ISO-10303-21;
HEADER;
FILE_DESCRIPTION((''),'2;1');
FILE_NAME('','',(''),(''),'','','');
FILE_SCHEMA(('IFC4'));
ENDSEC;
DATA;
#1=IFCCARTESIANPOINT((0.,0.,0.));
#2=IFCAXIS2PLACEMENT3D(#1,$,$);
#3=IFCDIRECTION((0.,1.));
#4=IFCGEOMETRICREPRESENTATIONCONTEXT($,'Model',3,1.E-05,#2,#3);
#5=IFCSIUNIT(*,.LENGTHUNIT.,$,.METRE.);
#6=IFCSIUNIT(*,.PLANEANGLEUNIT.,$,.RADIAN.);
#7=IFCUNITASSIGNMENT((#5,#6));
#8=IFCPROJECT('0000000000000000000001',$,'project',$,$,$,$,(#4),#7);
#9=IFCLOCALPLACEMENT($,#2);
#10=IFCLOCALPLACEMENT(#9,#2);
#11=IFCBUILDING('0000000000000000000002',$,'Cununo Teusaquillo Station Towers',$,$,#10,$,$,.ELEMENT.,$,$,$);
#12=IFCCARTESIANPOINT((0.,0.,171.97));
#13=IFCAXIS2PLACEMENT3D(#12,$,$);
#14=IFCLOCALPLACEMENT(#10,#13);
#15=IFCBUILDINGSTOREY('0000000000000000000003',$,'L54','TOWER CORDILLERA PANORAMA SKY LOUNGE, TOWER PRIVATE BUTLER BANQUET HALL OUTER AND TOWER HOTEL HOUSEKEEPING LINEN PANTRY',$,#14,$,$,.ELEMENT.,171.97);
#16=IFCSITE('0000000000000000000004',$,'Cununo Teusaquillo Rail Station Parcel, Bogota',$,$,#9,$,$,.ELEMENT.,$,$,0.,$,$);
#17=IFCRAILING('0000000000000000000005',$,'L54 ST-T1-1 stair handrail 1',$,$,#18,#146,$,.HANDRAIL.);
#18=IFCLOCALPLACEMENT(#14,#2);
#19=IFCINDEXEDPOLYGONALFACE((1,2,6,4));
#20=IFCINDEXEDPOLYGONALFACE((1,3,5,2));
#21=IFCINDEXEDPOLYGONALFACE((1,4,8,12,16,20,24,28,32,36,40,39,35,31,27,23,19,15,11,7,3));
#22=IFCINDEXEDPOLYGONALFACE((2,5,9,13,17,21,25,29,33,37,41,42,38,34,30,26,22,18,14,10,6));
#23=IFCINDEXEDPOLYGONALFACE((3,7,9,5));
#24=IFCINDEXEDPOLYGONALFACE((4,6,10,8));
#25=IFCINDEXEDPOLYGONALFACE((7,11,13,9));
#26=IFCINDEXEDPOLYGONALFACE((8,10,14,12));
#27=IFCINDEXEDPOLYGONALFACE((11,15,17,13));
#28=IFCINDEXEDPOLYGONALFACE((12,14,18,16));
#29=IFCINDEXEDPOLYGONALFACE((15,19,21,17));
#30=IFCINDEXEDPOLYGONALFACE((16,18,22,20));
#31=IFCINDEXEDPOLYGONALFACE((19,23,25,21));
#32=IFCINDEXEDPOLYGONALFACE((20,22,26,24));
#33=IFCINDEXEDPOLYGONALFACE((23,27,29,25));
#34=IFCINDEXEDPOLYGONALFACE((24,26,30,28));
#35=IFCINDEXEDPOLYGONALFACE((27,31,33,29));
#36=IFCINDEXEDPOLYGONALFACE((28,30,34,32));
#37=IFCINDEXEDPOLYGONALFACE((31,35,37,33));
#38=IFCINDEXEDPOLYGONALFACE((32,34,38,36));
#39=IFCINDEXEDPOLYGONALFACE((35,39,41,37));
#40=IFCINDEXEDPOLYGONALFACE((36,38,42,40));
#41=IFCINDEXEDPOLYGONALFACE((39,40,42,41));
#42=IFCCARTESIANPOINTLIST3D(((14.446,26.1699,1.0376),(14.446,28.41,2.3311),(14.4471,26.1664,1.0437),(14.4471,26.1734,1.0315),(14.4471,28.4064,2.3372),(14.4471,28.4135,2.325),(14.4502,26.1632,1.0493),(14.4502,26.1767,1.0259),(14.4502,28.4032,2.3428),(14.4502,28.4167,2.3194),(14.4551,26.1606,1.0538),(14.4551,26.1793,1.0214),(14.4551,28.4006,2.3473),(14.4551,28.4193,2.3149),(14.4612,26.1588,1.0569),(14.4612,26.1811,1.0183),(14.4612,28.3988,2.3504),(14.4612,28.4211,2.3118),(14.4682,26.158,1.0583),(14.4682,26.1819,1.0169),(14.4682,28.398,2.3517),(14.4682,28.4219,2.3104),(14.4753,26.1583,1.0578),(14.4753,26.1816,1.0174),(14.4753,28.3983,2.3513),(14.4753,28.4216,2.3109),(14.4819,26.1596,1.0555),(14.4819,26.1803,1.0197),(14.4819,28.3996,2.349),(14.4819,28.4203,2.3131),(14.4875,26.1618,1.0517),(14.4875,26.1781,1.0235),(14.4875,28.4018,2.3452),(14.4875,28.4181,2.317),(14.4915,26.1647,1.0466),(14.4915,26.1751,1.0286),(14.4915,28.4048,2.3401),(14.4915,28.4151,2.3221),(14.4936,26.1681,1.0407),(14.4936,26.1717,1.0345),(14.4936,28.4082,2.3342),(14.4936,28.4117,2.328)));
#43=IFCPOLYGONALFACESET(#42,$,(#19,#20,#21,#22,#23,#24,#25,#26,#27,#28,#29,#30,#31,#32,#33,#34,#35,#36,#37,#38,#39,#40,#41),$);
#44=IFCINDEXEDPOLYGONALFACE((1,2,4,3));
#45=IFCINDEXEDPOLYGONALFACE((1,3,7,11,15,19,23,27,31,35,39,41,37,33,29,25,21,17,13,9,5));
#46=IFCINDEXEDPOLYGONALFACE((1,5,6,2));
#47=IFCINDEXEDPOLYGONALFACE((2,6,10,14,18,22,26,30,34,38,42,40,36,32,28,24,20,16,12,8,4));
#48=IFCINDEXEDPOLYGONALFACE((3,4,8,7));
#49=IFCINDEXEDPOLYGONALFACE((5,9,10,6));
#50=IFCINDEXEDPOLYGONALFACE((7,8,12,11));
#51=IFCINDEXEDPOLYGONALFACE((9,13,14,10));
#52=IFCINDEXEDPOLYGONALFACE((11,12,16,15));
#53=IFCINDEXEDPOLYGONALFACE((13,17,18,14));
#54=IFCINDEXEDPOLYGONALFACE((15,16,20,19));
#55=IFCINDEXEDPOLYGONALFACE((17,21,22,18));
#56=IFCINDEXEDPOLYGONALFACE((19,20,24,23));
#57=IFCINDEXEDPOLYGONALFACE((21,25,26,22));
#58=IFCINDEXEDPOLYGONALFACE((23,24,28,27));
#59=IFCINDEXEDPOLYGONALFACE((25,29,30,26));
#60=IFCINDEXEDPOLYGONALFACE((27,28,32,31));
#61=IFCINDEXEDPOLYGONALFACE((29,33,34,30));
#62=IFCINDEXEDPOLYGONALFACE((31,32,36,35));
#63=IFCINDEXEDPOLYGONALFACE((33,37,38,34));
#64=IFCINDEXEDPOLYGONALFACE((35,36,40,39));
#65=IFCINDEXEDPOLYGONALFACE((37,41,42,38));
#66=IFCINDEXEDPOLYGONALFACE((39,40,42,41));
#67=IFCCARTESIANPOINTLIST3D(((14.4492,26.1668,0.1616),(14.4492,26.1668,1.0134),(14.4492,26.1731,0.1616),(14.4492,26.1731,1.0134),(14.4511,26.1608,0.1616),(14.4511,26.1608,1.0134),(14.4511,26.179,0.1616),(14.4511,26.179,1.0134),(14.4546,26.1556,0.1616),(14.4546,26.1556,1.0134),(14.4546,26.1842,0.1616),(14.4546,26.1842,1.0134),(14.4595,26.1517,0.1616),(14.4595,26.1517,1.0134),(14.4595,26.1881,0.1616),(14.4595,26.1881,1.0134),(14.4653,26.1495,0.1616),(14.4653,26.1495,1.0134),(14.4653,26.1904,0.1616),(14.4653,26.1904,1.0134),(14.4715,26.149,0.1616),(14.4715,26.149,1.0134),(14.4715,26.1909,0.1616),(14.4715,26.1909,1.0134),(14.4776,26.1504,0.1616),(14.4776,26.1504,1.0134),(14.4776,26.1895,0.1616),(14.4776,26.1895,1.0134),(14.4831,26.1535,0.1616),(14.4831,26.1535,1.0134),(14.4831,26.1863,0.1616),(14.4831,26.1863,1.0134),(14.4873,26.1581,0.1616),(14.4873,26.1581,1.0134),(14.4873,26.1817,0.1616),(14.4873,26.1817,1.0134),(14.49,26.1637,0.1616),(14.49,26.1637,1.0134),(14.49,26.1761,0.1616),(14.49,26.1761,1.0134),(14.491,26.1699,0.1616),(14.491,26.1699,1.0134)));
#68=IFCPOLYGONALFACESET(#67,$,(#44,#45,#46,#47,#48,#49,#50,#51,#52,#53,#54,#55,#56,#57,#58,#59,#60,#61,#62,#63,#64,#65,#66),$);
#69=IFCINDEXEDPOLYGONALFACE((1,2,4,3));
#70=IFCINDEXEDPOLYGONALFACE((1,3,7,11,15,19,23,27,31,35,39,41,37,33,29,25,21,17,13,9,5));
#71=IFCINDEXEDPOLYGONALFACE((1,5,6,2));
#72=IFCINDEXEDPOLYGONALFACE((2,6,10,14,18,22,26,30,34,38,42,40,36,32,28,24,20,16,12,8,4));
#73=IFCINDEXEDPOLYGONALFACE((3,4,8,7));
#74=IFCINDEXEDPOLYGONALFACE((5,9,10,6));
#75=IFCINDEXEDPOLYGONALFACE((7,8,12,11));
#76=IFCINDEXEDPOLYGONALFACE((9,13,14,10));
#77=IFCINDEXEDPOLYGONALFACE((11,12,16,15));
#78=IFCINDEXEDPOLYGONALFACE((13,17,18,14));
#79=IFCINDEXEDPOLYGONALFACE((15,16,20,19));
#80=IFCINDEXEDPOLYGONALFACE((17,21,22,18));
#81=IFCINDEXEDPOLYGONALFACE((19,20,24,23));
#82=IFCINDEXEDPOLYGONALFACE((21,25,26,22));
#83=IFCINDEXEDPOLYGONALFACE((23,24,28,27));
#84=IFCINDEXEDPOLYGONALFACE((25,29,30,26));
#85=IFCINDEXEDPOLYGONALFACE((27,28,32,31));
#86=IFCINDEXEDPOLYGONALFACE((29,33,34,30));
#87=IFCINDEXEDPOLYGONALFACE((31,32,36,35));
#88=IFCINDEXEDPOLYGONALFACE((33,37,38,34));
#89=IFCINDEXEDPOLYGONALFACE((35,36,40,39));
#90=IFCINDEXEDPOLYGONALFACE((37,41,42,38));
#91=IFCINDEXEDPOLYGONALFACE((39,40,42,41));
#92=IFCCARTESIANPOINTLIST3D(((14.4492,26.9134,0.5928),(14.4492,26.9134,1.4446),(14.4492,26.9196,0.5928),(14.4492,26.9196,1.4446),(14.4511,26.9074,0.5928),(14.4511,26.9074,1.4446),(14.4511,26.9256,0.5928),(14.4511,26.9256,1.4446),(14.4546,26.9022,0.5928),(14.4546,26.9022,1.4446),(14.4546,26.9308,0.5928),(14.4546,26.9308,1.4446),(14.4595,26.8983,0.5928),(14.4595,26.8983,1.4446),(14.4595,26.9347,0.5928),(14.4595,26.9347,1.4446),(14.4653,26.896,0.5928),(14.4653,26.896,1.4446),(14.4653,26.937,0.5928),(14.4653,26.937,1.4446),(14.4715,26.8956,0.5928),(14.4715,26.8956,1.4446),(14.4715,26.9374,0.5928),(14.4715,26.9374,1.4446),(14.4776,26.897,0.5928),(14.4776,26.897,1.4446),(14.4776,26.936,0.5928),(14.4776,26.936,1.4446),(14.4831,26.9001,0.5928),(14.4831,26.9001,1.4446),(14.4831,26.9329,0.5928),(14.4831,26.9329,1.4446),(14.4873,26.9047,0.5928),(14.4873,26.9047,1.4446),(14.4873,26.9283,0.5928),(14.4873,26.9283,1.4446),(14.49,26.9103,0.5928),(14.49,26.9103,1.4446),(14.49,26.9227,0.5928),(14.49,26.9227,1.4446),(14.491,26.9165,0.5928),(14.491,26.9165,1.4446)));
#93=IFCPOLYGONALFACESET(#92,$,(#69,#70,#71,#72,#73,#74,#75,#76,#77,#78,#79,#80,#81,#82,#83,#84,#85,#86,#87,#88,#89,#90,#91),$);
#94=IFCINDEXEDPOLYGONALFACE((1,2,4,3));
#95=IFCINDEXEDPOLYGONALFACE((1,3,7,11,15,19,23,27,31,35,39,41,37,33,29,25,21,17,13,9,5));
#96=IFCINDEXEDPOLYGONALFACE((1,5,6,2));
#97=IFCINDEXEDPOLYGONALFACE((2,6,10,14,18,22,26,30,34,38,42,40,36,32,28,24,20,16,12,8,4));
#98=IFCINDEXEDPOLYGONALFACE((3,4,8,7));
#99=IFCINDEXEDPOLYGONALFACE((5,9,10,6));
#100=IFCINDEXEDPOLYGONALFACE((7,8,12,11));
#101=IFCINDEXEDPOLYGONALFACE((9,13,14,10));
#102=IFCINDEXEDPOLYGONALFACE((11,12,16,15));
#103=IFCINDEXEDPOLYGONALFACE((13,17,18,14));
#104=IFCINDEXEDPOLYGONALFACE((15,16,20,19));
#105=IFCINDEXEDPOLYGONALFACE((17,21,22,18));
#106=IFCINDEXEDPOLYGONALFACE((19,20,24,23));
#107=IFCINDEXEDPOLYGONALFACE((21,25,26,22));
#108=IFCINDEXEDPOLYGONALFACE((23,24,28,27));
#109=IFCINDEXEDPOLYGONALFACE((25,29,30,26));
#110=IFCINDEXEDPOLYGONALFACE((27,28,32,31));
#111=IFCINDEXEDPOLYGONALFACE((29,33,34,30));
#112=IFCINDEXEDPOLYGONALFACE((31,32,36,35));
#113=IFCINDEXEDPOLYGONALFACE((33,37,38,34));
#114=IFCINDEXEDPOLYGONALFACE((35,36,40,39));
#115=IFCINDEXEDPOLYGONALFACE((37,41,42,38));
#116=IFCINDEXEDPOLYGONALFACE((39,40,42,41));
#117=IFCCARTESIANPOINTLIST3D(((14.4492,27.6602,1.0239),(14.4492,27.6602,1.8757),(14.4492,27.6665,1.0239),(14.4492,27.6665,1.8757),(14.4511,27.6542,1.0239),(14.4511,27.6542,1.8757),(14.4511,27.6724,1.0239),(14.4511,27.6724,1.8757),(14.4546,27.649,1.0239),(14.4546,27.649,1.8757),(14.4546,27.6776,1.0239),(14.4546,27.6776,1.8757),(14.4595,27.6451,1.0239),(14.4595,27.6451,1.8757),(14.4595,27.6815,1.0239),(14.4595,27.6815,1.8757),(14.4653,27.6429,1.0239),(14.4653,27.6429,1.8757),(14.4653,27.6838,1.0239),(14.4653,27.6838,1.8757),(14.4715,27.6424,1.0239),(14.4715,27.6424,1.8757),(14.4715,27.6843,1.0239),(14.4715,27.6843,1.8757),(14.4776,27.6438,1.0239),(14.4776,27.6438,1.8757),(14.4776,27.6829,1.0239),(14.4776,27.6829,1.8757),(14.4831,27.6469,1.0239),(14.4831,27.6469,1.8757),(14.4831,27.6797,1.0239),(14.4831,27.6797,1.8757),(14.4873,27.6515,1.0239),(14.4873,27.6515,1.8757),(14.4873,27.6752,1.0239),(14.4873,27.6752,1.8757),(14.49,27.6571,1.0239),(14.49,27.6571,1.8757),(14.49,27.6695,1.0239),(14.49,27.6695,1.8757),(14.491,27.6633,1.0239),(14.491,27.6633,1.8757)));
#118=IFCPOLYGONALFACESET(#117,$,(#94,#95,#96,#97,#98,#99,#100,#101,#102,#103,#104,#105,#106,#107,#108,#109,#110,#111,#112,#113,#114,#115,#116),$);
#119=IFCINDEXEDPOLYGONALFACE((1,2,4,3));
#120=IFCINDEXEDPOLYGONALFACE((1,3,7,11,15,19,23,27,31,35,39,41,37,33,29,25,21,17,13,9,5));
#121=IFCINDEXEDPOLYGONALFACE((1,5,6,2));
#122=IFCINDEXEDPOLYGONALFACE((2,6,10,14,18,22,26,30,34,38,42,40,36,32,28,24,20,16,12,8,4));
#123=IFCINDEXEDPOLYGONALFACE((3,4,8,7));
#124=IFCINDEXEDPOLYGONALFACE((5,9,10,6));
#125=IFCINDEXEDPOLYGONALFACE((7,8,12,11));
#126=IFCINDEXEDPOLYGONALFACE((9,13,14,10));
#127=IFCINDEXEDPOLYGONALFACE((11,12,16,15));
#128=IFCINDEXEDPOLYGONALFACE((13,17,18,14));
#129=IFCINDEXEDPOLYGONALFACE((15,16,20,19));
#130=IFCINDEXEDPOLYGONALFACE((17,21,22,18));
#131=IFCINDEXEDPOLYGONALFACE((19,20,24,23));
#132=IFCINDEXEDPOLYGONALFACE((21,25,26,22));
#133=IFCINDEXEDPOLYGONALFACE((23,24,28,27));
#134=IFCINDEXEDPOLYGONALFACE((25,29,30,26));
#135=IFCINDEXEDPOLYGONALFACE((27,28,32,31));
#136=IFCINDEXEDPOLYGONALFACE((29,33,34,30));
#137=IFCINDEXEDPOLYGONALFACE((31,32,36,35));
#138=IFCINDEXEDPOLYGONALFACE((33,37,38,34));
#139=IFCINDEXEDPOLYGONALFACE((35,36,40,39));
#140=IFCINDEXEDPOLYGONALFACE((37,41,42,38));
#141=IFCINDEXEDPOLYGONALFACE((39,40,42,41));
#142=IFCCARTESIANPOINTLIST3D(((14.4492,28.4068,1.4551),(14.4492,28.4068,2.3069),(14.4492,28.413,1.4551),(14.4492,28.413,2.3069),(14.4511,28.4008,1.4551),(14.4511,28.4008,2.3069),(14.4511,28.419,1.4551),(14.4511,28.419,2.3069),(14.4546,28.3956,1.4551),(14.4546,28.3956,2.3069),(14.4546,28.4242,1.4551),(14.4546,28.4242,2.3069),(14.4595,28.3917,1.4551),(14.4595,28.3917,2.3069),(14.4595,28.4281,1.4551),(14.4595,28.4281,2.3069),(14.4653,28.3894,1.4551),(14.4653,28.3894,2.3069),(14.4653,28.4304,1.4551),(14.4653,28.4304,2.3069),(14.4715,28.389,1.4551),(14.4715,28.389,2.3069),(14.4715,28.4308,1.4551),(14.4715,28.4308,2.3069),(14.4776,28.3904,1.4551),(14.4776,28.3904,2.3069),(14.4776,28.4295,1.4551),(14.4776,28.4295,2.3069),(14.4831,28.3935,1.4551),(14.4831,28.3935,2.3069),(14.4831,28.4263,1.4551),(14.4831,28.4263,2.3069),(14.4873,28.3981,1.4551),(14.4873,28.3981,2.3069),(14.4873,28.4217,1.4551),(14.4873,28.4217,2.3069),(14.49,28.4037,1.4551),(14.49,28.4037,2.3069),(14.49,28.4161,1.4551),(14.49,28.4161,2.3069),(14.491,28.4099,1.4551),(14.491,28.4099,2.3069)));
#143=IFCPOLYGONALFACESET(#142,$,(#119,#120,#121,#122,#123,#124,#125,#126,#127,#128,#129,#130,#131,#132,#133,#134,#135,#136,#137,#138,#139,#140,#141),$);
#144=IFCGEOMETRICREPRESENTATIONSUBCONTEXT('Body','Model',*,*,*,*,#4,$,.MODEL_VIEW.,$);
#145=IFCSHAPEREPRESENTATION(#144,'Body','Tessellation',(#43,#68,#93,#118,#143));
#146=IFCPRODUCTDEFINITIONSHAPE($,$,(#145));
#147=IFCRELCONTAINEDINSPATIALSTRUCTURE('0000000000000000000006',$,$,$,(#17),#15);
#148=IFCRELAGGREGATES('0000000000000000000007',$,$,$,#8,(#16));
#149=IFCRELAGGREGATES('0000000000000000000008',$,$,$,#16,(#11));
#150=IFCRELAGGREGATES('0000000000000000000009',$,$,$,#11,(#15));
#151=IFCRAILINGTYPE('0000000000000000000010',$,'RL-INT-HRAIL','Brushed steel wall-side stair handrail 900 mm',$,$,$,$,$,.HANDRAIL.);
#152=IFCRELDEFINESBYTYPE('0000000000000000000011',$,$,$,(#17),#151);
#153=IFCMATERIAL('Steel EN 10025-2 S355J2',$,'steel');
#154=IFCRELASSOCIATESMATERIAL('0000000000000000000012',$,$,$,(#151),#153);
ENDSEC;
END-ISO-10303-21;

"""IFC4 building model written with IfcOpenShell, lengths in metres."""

from ifc_helpers import new_model, si_unit, direction, frame, origin, origin_2d, place, context, subcontext, project, spatial, circle, extrude, material, type_object, element, save


model = new_model("IFC4")

# Units and contexts
model_context = context("Model", 3, precision=1e-05, world=origin(), true_north=direction((0.0, 1.0)))
body_context = subcontext(model_context, "Body", "Model", "MODEL_VIEW")
ifc_project = project(units=[si_unit("LENGTHUNIT", "METRE"), si_unit("PLANEANGLEUNIT", "RADIAN")], contexts=[model_context])

# Site, building, storey
site_placement = place(None, origin())
site = spatial("IfcSite", under=ifc_project, at=site_placement, Name="Cununo Teusaquillo Rail Station Parcel, Bogota", CompositionType="ELEMENT", RefElevation=0.0)
building_placement = place(site_placement, origin())
building = spatial("IfcBuilding", under=site, at=building_placement, Name="Cununo Teusaquillo Station Towers", CompositionType="ELEMENT")
storey_placement = place(building_placement, frame((0.0, 0.0, 171.97)))
storey = spatial("IfcBuildingStorey", under=building, at=storey_placement, Name="L54", Description="TOWER CORDILLERA PANORAMA SKY LOUNGE, TOWER PRIVATE BUTLER BANQUET HALL OUTER AND TOWER HOTEL HOUSEKEEPING LINEN PANTRY", CompositionType="ELEMENT", Elevation=171.97)

# Railing
ifc_material_1 = material(Name="Steel EN 10025-2 S355J2", Category="steel")
railing_type_1 = type_object("IfcRailingType", Name="RL-INT-HRAIL", Description="Brushed steel wall-side stair handrail 900 mm", PredefinedType="HANDRAIL", material=ifc_material_1)
railing_1_placement = place(storey_placement, frame((14.47, 26.1699, 0.1616)))
element("IfcRailing", 1, at=railing_1_placement, inside=storey, type_object=railing_type_1, Name="L54 ST-T1-1 stair handrail 1", PredefinedType="HANDRAIL", context=body_context, shape_type="SweptSolid", body=[
    extrude(circle(Radius=0.0239, at=origin_2d()), frame((0.0, 0.0, 0.876), z_axis=(0.0, 0.865992, 0.500057), x_axis=(-1.0, 0.0, 0.0)), (0.0, 0.0, 1.0), 2.5867),
    extrude(circle(Radius=0.021, at=origin_2d()), origin(), (0.0, 0.0, 1.0), 0.8518),
    extrude(circle(Radius=0.021, at=origin_2d()), frame((0.0, 0.7466, 0.4312)), (0.0, 0.0, 1.0), 0.8518),
    extrude(circle(Radius=0.021, at=origin_2d()), frame((0.0, 1.4934, 0.8623)), (0.0, 0.0, 1.0), 0.8518),
    extrude(circle(Radius=0.021, at=origin_2d()), frame((0.0, 2.24, 1.2935)), (0.0, 0.0, 1.0), 0.8518),
])

save(model, "model.ifc")
